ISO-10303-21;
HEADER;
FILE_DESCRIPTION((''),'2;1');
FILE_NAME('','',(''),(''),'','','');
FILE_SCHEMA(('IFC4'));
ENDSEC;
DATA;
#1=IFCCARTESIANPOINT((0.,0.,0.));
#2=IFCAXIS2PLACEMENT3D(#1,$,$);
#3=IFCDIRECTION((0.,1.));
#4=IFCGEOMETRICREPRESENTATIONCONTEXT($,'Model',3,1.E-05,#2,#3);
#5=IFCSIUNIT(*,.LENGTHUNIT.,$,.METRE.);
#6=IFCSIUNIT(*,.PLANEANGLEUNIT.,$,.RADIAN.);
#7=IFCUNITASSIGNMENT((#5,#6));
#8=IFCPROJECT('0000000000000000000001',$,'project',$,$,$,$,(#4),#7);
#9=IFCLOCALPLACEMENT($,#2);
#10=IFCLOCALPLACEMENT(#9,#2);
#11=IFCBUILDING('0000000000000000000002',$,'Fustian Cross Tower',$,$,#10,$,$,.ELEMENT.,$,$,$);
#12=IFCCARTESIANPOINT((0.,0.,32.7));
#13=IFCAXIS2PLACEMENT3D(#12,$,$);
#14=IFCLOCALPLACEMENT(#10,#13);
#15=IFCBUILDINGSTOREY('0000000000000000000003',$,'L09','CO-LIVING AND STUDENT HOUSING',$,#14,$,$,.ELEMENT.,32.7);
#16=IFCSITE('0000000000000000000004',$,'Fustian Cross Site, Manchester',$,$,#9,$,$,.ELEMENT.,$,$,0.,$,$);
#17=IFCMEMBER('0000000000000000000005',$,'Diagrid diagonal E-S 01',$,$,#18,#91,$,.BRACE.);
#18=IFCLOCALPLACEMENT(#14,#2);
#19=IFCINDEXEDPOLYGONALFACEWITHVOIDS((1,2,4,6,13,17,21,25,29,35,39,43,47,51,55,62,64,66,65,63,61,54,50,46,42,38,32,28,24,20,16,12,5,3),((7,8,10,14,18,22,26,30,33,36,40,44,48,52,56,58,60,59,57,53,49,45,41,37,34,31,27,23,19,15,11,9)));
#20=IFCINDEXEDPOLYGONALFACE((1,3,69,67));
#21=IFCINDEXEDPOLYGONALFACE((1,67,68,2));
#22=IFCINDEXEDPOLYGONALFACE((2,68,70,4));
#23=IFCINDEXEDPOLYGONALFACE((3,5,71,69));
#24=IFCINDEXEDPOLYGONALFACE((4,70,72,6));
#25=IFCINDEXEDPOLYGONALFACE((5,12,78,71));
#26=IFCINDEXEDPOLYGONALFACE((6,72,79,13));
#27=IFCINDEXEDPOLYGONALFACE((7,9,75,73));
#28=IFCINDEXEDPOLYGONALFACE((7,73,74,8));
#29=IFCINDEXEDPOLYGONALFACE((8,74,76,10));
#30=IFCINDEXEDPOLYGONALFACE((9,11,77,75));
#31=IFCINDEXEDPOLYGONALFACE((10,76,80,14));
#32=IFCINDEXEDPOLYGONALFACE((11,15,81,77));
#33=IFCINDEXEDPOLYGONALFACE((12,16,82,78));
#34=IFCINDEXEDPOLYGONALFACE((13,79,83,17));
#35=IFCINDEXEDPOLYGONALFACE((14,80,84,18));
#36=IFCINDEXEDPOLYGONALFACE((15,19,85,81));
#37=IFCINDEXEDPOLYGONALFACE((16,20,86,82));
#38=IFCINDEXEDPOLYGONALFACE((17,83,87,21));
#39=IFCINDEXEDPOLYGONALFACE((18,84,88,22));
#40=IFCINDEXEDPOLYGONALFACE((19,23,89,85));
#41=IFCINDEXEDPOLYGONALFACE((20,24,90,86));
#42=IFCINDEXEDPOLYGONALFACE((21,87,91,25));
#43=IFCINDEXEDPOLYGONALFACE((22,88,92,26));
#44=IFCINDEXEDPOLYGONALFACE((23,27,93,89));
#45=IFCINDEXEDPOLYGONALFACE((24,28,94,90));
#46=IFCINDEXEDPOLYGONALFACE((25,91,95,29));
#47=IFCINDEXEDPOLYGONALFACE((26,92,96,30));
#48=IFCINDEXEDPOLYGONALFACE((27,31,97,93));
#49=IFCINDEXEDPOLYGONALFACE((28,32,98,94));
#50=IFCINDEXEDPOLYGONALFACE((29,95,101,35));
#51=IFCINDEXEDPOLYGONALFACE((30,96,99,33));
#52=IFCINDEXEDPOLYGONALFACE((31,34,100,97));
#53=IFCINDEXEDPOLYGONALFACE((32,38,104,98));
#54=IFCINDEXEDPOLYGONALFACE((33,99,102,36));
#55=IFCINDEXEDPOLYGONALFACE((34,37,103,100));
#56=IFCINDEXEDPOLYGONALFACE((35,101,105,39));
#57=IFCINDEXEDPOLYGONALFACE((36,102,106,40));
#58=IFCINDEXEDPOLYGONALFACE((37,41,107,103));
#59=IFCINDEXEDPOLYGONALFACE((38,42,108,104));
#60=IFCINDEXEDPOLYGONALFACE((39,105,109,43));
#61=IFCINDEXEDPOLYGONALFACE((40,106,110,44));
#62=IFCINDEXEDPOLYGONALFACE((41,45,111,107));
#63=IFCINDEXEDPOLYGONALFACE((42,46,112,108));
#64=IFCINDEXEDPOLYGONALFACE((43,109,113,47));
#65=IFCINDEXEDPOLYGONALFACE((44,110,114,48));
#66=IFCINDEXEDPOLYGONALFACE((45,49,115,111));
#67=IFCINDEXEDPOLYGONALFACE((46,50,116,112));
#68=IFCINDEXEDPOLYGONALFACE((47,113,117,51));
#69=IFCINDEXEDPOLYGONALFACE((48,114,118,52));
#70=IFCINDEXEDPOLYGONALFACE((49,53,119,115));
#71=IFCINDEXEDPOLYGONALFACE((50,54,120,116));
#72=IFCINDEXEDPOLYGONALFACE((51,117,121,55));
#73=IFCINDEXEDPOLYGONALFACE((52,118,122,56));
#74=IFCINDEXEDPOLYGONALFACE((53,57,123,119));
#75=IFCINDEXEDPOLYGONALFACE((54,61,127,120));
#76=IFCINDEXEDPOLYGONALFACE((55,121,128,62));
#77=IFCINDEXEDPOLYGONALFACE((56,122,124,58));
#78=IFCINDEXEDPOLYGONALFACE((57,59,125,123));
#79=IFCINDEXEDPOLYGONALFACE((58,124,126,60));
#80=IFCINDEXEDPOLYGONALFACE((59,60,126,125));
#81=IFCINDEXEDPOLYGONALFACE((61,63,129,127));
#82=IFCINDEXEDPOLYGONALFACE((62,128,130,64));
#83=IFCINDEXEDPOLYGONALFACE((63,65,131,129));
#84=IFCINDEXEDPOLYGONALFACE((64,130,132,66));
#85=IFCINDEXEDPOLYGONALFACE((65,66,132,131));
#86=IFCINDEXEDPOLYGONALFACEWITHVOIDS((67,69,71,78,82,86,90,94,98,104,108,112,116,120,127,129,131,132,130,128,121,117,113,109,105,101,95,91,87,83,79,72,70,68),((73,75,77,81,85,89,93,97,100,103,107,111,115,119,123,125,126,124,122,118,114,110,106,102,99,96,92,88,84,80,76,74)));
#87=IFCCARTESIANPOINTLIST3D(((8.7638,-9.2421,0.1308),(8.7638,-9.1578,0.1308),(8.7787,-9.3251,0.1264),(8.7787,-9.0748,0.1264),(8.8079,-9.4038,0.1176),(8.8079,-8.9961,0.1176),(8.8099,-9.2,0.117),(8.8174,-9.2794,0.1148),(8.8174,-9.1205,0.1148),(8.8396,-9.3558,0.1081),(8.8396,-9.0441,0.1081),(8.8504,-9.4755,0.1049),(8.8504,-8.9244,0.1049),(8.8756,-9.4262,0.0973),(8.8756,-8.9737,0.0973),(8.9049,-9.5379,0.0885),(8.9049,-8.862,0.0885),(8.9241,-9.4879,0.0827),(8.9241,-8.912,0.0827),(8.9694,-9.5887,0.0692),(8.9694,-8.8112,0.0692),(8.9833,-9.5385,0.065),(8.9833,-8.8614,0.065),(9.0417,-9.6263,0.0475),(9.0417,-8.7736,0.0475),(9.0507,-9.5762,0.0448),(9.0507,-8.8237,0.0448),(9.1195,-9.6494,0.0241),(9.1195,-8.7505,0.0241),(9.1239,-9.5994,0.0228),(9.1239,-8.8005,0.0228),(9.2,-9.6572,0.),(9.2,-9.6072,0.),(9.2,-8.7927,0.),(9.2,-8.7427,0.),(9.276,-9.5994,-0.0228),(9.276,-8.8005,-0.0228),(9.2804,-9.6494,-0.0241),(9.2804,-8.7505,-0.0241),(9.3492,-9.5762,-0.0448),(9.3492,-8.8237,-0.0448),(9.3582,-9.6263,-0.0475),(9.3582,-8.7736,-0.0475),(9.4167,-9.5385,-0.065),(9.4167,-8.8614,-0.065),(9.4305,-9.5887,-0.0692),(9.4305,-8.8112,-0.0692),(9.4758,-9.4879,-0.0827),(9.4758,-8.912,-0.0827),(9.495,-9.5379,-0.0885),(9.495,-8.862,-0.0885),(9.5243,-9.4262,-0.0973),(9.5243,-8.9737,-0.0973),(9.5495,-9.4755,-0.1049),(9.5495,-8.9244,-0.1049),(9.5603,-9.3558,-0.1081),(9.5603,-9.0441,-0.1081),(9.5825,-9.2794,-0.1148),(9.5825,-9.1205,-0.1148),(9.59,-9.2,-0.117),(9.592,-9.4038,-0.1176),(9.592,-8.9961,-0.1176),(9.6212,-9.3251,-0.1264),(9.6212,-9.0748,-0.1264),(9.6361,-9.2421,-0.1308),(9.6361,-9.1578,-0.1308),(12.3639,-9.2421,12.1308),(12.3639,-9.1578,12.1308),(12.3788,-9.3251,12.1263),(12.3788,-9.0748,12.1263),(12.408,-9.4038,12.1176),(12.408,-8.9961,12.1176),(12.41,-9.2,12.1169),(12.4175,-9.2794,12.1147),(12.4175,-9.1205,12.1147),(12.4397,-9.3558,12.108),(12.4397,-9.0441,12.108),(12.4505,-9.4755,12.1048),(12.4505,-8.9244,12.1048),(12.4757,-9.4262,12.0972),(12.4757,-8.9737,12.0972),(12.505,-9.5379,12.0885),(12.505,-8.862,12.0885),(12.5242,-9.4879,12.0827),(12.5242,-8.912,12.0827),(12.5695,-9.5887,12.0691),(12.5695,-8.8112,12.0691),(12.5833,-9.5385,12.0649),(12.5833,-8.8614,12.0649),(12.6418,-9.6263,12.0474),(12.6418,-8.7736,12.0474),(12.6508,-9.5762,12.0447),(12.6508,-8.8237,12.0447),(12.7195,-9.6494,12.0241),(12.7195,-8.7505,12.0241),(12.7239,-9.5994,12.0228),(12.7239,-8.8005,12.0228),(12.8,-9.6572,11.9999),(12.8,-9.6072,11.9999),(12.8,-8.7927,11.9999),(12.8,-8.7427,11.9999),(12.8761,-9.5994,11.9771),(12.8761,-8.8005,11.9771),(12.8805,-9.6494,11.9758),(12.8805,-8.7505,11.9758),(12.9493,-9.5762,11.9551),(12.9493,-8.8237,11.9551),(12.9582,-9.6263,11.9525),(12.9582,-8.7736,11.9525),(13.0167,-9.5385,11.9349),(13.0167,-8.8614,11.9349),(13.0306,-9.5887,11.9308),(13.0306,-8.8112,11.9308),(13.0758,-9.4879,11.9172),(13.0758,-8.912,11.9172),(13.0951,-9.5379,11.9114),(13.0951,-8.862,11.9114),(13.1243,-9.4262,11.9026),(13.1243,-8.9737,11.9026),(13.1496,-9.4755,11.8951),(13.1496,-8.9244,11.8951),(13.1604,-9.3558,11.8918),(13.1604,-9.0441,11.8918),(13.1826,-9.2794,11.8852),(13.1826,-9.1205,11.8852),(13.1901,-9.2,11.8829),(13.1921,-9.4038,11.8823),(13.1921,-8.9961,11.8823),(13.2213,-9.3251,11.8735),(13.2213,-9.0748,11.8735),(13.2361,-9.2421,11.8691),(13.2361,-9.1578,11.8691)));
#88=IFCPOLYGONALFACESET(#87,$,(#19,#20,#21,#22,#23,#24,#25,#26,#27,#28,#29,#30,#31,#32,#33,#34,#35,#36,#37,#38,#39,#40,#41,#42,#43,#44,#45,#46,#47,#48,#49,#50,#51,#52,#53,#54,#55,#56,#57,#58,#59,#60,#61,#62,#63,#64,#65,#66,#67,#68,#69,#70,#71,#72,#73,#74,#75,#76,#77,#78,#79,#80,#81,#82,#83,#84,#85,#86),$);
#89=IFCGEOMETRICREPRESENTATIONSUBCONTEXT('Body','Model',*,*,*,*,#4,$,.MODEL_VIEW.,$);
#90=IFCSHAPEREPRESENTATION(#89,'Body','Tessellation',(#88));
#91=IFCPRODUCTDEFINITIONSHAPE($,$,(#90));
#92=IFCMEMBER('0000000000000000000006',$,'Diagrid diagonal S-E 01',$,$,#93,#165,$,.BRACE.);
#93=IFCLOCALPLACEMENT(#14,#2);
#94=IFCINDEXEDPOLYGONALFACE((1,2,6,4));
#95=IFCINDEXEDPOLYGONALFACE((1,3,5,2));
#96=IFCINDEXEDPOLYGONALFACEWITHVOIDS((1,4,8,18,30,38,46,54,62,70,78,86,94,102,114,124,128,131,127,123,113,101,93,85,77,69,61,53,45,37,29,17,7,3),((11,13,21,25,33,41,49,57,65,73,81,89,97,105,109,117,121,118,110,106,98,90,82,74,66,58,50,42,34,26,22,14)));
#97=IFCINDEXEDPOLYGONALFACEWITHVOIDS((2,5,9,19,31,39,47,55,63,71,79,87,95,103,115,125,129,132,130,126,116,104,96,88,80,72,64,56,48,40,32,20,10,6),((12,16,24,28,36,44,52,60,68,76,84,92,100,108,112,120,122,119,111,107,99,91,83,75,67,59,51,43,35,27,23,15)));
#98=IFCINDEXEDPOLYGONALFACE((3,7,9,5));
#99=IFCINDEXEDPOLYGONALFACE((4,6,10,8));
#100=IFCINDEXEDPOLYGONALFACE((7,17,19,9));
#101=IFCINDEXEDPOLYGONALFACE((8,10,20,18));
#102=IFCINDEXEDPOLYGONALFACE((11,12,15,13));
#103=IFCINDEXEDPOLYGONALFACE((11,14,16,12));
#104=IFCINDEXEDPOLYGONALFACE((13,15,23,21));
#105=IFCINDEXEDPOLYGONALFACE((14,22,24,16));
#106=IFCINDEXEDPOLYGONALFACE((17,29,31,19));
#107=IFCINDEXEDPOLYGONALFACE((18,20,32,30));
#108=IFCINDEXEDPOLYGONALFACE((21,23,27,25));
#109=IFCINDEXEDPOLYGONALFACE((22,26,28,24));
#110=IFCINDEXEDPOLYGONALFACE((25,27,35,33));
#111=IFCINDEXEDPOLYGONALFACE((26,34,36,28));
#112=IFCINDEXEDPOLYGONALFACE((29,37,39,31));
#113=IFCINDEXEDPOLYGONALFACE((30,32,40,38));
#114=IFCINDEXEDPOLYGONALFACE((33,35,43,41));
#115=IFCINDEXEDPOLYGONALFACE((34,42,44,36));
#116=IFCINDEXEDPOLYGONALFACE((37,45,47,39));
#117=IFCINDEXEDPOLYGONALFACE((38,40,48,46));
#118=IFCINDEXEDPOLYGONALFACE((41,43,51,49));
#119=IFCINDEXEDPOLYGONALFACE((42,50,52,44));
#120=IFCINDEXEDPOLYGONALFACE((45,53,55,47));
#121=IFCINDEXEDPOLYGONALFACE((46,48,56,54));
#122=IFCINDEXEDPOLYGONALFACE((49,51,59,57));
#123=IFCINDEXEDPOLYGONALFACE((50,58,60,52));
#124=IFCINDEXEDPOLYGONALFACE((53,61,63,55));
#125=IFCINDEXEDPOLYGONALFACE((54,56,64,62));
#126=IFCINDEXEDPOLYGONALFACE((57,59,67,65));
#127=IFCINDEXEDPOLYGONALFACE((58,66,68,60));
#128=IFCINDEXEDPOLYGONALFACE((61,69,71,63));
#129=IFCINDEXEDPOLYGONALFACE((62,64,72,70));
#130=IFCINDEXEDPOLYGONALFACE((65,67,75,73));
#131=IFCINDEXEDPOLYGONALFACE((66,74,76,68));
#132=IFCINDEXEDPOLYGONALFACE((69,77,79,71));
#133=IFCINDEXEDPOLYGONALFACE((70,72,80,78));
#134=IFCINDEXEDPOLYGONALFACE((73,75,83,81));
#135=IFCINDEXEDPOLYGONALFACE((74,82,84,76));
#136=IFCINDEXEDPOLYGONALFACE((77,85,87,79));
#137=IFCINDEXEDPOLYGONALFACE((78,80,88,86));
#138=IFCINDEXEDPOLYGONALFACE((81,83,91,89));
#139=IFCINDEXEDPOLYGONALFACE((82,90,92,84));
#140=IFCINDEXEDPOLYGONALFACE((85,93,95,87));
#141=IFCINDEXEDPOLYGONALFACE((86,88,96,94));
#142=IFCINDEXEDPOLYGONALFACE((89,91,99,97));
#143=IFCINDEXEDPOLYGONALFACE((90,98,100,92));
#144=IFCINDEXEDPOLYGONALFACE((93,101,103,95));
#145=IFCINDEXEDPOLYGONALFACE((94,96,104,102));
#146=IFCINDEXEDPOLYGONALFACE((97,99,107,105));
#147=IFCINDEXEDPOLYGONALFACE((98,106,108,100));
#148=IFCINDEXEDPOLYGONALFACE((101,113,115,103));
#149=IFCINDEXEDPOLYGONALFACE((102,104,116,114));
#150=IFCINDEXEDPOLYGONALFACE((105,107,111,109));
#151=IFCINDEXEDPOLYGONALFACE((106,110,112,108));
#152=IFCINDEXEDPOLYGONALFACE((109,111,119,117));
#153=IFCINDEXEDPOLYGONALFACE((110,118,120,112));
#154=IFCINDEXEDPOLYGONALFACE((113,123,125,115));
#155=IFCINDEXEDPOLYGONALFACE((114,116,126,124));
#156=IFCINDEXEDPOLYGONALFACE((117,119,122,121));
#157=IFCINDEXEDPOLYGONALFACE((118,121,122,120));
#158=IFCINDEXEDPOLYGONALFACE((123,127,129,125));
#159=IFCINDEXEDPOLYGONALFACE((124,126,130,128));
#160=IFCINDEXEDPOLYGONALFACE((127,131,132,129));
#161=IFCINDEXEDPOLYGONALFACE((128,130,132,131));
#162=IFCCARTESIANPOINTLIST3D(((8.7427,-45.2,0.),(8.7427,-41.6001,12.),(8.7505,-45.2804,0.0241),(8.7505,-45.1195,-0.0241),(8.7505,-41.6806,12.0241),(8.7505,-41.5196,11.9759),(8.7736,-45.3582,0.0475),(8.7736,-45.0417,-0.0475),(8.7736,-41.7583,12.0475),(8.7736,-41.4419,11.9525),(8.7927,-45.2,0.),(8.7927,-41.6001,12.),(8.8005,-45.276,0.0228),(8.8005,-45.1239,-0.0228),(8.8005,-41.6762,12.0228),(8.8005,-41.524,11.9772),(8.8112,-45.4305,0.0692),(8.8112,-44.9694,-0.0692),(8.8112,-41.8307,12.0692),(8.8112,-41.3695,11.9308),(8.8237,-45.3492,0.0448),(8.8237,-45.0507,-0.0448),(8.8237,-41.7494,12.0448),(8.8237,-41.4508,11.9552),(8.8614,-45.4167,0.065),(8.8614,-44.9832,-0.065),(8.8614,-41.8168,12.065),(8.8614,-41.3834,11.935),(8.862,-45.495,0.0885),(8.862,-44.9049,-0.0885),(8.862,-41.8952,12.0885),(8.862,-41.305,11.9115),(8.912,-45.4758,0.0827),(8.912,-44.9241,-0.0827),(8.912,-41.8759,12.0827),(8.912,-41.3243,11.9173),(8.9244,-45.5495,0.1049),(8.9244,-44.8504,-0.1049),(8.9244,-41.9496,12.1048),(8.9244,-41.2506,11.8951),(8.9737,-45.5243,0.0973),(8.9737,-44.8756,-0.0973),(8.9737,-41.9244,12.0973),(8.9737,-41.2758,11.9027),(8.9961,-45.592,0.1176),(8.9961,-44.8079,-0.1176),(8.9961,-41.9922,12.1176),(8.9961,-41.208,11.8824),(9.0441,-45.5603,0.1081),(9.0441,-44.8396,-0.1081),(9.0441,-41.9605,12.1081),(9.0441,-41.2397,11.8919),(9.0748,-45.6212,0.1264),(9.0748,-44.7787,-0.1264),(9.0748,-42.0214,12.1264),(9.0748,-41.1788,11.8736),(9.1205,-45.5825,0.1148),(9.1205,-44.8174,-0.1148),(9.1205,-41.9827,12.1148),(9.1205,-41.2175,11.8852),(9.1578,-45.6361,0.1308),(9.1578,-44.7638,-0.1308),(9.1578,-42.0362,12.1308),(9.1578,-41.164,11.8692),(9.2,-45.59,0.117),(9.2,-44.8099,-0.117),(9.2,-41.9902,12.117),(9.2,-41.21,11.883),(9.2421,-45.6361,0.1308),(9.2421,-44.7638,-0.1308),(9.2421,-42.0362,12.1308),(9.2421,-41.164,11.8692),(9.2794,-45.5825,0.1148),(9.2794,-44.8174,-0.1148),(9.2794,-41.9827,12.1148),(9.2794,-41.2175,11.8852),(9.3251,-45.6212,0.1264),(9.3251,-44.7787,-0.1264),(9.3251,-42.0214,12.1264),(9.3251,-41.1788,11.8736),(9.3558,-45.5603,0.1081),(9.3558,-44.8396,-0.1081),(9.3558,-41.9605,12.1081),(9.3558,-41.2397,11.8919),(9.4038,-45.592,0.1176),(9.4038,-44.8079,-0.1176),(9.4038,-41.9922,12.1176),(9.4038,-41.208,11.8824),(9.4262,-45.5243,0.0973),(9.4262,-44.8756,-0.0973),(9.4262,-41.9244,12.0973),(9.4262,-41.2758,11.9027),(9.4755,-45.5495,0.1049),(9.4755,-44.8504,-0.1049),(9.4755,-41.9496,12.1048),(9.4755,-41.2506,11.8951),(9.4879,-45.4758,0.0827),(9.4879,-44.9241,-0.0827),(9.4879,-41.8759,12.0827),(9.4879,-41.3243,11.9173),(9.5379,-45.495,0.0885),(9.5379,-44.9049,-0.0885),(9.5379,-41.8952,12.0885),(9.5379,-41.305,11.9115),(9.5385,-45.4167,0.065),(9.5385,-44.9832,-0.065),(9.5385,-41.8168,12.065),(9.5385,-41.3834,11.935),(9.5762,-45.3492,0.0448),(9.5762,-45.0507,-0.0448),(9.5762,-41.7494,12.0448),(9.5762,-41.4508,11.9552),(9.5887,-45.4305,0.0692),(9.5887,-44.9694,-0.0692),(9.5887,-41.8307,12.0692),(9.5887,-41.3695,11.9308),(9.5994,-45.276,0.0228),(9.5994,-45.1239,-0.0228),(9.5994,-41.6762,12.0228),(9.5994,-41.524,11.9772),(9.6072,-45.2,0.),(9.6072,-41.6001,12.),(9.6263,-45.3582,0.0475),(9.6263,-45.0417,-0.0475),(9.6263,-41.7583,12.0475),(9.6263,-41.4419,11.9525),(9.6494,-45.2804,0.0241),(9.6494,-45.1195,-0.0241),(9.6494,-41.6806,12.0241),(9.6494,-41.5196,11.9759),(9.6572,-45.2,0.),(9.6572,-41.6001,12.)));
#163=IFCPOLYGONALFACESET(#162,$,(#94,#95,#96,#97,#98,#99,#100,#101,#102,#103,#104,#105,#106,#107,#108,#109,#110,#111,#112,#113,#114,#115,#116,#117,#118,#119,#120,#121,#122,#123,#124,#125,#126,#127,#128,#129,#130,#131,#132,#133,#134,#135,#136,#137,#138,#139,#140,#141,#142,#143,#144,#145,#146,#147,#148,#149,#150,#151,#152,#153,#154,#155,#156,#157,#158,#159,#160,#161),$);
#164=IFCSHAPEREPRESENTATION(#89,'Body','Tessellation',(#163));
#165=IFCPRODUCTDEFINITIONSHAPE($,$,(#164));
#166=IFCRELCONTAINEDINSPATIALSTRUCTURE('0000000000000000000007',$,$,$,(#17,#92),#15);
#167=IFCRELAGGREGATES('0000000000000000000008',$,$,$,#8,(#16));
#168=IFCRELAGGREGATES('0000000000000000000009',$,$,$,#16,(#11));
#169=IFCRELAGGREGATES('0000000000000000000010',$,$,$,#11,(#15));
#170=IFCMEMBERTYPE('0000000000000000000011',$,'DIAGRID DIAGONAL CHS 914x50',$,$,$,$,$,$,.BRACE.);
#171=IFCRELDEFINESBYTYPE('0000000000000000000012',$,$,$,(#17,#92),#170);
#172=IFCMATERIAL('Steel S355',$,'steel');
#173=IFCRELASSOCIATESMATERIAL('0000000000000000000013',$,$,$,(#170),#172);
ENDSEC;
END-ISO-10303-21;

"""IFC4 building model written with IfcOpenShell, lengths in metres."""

from ifc_helpers import new_model, si_unit, direction, frame, origin, origin_2d, place, context, subcontext, project, spatial, hollow_circle, extrude, material, material_profile, profile_set, type_object, element, save


model = new_model("IFC4")

# Units and contexts
model_context = context("Model", 3, precision=1e-05, world=origin(), true_north=direction((0.0, 1.0)))
body_context = subcontext(model_context, "Body", "Model", "MODEL_VIEW")
ifc_project = project(units=[si_unit("LENGTHUNIT", "METRE"), si_unit("PLANEANGLEUNIT", "RADIAN")], contexts=[model_context])

# Site, building, storey
site_placement = place(None, origin())
site = spatial("IfcSite", under=ifc_project, at=site_placement, Name="Fustian Cross Site, Manchester", CompositionType="ELEMENT", RefElevation=0.0)
building_placement = place(site_placement, origin())
building = spatial("IfcBuilding", under=site, at=building_placement, Name="Fustian Cross Tower", CompositionType="ELEMENT")
storey_placement = place(building_placement, frame((0.0, 0.0, 32.7)))
storey = spatial("IfcBuildingStorey", under=building, at=storey_placement, Name="L09", Description="CO-LIVING AND STUDENT HOUSING", CompositionType="ELEMENT", Elevation=32.7)

# Members
ifc_material_1 = material(Name="Steel S355", Category="steel")
ifc_material_profile_1 = material_profile(ifc_material_1, hollow_circle(Radius=0.4573, WallThickness=0.05, at=origin_2d()), Name="CHS 914x50")
ifc_profile_set_1 = profile_set([ifc_material_profile_1], Name="Steel S355")
member_type_1 = type_object("IfcMemberType", Name="DIAGRID DIAGONAL CHS 914x50", PredefinedType="BRACE", material=ifc_profile_set_1)
for number, where, z_axis, x_axis, name in (
    (1, (9.2, -9.2, 0.0), (0.287355, 0.0, 0.957824), (0.0, 1.0, 0.0), "Diagrid diagonal E-S 01"),
    (2, (9.2, -45.2, 0.0), (0.0, 0.287337, 0.95783), (-1.0, 0.0, 0.0), "Diagrid diagonal S-E 01"),
):
    element("IfcMember", number, at=place(storey_placement, frame(where, z_axis=z_axis, x_axis=x_axis)), inside=storey, type_object=member_type_1, Name=name, PredefinedType="BRACE", context=body_context, shape_type="SweptSolid", body=[
        extrude(hollow_circle(Radius=0.4573, WallThickness=0.05, at=origin_2d()), origin(), (0.0, 0.0, 1.0), 12.5283),
    ])

save(model, "model.ifc")
